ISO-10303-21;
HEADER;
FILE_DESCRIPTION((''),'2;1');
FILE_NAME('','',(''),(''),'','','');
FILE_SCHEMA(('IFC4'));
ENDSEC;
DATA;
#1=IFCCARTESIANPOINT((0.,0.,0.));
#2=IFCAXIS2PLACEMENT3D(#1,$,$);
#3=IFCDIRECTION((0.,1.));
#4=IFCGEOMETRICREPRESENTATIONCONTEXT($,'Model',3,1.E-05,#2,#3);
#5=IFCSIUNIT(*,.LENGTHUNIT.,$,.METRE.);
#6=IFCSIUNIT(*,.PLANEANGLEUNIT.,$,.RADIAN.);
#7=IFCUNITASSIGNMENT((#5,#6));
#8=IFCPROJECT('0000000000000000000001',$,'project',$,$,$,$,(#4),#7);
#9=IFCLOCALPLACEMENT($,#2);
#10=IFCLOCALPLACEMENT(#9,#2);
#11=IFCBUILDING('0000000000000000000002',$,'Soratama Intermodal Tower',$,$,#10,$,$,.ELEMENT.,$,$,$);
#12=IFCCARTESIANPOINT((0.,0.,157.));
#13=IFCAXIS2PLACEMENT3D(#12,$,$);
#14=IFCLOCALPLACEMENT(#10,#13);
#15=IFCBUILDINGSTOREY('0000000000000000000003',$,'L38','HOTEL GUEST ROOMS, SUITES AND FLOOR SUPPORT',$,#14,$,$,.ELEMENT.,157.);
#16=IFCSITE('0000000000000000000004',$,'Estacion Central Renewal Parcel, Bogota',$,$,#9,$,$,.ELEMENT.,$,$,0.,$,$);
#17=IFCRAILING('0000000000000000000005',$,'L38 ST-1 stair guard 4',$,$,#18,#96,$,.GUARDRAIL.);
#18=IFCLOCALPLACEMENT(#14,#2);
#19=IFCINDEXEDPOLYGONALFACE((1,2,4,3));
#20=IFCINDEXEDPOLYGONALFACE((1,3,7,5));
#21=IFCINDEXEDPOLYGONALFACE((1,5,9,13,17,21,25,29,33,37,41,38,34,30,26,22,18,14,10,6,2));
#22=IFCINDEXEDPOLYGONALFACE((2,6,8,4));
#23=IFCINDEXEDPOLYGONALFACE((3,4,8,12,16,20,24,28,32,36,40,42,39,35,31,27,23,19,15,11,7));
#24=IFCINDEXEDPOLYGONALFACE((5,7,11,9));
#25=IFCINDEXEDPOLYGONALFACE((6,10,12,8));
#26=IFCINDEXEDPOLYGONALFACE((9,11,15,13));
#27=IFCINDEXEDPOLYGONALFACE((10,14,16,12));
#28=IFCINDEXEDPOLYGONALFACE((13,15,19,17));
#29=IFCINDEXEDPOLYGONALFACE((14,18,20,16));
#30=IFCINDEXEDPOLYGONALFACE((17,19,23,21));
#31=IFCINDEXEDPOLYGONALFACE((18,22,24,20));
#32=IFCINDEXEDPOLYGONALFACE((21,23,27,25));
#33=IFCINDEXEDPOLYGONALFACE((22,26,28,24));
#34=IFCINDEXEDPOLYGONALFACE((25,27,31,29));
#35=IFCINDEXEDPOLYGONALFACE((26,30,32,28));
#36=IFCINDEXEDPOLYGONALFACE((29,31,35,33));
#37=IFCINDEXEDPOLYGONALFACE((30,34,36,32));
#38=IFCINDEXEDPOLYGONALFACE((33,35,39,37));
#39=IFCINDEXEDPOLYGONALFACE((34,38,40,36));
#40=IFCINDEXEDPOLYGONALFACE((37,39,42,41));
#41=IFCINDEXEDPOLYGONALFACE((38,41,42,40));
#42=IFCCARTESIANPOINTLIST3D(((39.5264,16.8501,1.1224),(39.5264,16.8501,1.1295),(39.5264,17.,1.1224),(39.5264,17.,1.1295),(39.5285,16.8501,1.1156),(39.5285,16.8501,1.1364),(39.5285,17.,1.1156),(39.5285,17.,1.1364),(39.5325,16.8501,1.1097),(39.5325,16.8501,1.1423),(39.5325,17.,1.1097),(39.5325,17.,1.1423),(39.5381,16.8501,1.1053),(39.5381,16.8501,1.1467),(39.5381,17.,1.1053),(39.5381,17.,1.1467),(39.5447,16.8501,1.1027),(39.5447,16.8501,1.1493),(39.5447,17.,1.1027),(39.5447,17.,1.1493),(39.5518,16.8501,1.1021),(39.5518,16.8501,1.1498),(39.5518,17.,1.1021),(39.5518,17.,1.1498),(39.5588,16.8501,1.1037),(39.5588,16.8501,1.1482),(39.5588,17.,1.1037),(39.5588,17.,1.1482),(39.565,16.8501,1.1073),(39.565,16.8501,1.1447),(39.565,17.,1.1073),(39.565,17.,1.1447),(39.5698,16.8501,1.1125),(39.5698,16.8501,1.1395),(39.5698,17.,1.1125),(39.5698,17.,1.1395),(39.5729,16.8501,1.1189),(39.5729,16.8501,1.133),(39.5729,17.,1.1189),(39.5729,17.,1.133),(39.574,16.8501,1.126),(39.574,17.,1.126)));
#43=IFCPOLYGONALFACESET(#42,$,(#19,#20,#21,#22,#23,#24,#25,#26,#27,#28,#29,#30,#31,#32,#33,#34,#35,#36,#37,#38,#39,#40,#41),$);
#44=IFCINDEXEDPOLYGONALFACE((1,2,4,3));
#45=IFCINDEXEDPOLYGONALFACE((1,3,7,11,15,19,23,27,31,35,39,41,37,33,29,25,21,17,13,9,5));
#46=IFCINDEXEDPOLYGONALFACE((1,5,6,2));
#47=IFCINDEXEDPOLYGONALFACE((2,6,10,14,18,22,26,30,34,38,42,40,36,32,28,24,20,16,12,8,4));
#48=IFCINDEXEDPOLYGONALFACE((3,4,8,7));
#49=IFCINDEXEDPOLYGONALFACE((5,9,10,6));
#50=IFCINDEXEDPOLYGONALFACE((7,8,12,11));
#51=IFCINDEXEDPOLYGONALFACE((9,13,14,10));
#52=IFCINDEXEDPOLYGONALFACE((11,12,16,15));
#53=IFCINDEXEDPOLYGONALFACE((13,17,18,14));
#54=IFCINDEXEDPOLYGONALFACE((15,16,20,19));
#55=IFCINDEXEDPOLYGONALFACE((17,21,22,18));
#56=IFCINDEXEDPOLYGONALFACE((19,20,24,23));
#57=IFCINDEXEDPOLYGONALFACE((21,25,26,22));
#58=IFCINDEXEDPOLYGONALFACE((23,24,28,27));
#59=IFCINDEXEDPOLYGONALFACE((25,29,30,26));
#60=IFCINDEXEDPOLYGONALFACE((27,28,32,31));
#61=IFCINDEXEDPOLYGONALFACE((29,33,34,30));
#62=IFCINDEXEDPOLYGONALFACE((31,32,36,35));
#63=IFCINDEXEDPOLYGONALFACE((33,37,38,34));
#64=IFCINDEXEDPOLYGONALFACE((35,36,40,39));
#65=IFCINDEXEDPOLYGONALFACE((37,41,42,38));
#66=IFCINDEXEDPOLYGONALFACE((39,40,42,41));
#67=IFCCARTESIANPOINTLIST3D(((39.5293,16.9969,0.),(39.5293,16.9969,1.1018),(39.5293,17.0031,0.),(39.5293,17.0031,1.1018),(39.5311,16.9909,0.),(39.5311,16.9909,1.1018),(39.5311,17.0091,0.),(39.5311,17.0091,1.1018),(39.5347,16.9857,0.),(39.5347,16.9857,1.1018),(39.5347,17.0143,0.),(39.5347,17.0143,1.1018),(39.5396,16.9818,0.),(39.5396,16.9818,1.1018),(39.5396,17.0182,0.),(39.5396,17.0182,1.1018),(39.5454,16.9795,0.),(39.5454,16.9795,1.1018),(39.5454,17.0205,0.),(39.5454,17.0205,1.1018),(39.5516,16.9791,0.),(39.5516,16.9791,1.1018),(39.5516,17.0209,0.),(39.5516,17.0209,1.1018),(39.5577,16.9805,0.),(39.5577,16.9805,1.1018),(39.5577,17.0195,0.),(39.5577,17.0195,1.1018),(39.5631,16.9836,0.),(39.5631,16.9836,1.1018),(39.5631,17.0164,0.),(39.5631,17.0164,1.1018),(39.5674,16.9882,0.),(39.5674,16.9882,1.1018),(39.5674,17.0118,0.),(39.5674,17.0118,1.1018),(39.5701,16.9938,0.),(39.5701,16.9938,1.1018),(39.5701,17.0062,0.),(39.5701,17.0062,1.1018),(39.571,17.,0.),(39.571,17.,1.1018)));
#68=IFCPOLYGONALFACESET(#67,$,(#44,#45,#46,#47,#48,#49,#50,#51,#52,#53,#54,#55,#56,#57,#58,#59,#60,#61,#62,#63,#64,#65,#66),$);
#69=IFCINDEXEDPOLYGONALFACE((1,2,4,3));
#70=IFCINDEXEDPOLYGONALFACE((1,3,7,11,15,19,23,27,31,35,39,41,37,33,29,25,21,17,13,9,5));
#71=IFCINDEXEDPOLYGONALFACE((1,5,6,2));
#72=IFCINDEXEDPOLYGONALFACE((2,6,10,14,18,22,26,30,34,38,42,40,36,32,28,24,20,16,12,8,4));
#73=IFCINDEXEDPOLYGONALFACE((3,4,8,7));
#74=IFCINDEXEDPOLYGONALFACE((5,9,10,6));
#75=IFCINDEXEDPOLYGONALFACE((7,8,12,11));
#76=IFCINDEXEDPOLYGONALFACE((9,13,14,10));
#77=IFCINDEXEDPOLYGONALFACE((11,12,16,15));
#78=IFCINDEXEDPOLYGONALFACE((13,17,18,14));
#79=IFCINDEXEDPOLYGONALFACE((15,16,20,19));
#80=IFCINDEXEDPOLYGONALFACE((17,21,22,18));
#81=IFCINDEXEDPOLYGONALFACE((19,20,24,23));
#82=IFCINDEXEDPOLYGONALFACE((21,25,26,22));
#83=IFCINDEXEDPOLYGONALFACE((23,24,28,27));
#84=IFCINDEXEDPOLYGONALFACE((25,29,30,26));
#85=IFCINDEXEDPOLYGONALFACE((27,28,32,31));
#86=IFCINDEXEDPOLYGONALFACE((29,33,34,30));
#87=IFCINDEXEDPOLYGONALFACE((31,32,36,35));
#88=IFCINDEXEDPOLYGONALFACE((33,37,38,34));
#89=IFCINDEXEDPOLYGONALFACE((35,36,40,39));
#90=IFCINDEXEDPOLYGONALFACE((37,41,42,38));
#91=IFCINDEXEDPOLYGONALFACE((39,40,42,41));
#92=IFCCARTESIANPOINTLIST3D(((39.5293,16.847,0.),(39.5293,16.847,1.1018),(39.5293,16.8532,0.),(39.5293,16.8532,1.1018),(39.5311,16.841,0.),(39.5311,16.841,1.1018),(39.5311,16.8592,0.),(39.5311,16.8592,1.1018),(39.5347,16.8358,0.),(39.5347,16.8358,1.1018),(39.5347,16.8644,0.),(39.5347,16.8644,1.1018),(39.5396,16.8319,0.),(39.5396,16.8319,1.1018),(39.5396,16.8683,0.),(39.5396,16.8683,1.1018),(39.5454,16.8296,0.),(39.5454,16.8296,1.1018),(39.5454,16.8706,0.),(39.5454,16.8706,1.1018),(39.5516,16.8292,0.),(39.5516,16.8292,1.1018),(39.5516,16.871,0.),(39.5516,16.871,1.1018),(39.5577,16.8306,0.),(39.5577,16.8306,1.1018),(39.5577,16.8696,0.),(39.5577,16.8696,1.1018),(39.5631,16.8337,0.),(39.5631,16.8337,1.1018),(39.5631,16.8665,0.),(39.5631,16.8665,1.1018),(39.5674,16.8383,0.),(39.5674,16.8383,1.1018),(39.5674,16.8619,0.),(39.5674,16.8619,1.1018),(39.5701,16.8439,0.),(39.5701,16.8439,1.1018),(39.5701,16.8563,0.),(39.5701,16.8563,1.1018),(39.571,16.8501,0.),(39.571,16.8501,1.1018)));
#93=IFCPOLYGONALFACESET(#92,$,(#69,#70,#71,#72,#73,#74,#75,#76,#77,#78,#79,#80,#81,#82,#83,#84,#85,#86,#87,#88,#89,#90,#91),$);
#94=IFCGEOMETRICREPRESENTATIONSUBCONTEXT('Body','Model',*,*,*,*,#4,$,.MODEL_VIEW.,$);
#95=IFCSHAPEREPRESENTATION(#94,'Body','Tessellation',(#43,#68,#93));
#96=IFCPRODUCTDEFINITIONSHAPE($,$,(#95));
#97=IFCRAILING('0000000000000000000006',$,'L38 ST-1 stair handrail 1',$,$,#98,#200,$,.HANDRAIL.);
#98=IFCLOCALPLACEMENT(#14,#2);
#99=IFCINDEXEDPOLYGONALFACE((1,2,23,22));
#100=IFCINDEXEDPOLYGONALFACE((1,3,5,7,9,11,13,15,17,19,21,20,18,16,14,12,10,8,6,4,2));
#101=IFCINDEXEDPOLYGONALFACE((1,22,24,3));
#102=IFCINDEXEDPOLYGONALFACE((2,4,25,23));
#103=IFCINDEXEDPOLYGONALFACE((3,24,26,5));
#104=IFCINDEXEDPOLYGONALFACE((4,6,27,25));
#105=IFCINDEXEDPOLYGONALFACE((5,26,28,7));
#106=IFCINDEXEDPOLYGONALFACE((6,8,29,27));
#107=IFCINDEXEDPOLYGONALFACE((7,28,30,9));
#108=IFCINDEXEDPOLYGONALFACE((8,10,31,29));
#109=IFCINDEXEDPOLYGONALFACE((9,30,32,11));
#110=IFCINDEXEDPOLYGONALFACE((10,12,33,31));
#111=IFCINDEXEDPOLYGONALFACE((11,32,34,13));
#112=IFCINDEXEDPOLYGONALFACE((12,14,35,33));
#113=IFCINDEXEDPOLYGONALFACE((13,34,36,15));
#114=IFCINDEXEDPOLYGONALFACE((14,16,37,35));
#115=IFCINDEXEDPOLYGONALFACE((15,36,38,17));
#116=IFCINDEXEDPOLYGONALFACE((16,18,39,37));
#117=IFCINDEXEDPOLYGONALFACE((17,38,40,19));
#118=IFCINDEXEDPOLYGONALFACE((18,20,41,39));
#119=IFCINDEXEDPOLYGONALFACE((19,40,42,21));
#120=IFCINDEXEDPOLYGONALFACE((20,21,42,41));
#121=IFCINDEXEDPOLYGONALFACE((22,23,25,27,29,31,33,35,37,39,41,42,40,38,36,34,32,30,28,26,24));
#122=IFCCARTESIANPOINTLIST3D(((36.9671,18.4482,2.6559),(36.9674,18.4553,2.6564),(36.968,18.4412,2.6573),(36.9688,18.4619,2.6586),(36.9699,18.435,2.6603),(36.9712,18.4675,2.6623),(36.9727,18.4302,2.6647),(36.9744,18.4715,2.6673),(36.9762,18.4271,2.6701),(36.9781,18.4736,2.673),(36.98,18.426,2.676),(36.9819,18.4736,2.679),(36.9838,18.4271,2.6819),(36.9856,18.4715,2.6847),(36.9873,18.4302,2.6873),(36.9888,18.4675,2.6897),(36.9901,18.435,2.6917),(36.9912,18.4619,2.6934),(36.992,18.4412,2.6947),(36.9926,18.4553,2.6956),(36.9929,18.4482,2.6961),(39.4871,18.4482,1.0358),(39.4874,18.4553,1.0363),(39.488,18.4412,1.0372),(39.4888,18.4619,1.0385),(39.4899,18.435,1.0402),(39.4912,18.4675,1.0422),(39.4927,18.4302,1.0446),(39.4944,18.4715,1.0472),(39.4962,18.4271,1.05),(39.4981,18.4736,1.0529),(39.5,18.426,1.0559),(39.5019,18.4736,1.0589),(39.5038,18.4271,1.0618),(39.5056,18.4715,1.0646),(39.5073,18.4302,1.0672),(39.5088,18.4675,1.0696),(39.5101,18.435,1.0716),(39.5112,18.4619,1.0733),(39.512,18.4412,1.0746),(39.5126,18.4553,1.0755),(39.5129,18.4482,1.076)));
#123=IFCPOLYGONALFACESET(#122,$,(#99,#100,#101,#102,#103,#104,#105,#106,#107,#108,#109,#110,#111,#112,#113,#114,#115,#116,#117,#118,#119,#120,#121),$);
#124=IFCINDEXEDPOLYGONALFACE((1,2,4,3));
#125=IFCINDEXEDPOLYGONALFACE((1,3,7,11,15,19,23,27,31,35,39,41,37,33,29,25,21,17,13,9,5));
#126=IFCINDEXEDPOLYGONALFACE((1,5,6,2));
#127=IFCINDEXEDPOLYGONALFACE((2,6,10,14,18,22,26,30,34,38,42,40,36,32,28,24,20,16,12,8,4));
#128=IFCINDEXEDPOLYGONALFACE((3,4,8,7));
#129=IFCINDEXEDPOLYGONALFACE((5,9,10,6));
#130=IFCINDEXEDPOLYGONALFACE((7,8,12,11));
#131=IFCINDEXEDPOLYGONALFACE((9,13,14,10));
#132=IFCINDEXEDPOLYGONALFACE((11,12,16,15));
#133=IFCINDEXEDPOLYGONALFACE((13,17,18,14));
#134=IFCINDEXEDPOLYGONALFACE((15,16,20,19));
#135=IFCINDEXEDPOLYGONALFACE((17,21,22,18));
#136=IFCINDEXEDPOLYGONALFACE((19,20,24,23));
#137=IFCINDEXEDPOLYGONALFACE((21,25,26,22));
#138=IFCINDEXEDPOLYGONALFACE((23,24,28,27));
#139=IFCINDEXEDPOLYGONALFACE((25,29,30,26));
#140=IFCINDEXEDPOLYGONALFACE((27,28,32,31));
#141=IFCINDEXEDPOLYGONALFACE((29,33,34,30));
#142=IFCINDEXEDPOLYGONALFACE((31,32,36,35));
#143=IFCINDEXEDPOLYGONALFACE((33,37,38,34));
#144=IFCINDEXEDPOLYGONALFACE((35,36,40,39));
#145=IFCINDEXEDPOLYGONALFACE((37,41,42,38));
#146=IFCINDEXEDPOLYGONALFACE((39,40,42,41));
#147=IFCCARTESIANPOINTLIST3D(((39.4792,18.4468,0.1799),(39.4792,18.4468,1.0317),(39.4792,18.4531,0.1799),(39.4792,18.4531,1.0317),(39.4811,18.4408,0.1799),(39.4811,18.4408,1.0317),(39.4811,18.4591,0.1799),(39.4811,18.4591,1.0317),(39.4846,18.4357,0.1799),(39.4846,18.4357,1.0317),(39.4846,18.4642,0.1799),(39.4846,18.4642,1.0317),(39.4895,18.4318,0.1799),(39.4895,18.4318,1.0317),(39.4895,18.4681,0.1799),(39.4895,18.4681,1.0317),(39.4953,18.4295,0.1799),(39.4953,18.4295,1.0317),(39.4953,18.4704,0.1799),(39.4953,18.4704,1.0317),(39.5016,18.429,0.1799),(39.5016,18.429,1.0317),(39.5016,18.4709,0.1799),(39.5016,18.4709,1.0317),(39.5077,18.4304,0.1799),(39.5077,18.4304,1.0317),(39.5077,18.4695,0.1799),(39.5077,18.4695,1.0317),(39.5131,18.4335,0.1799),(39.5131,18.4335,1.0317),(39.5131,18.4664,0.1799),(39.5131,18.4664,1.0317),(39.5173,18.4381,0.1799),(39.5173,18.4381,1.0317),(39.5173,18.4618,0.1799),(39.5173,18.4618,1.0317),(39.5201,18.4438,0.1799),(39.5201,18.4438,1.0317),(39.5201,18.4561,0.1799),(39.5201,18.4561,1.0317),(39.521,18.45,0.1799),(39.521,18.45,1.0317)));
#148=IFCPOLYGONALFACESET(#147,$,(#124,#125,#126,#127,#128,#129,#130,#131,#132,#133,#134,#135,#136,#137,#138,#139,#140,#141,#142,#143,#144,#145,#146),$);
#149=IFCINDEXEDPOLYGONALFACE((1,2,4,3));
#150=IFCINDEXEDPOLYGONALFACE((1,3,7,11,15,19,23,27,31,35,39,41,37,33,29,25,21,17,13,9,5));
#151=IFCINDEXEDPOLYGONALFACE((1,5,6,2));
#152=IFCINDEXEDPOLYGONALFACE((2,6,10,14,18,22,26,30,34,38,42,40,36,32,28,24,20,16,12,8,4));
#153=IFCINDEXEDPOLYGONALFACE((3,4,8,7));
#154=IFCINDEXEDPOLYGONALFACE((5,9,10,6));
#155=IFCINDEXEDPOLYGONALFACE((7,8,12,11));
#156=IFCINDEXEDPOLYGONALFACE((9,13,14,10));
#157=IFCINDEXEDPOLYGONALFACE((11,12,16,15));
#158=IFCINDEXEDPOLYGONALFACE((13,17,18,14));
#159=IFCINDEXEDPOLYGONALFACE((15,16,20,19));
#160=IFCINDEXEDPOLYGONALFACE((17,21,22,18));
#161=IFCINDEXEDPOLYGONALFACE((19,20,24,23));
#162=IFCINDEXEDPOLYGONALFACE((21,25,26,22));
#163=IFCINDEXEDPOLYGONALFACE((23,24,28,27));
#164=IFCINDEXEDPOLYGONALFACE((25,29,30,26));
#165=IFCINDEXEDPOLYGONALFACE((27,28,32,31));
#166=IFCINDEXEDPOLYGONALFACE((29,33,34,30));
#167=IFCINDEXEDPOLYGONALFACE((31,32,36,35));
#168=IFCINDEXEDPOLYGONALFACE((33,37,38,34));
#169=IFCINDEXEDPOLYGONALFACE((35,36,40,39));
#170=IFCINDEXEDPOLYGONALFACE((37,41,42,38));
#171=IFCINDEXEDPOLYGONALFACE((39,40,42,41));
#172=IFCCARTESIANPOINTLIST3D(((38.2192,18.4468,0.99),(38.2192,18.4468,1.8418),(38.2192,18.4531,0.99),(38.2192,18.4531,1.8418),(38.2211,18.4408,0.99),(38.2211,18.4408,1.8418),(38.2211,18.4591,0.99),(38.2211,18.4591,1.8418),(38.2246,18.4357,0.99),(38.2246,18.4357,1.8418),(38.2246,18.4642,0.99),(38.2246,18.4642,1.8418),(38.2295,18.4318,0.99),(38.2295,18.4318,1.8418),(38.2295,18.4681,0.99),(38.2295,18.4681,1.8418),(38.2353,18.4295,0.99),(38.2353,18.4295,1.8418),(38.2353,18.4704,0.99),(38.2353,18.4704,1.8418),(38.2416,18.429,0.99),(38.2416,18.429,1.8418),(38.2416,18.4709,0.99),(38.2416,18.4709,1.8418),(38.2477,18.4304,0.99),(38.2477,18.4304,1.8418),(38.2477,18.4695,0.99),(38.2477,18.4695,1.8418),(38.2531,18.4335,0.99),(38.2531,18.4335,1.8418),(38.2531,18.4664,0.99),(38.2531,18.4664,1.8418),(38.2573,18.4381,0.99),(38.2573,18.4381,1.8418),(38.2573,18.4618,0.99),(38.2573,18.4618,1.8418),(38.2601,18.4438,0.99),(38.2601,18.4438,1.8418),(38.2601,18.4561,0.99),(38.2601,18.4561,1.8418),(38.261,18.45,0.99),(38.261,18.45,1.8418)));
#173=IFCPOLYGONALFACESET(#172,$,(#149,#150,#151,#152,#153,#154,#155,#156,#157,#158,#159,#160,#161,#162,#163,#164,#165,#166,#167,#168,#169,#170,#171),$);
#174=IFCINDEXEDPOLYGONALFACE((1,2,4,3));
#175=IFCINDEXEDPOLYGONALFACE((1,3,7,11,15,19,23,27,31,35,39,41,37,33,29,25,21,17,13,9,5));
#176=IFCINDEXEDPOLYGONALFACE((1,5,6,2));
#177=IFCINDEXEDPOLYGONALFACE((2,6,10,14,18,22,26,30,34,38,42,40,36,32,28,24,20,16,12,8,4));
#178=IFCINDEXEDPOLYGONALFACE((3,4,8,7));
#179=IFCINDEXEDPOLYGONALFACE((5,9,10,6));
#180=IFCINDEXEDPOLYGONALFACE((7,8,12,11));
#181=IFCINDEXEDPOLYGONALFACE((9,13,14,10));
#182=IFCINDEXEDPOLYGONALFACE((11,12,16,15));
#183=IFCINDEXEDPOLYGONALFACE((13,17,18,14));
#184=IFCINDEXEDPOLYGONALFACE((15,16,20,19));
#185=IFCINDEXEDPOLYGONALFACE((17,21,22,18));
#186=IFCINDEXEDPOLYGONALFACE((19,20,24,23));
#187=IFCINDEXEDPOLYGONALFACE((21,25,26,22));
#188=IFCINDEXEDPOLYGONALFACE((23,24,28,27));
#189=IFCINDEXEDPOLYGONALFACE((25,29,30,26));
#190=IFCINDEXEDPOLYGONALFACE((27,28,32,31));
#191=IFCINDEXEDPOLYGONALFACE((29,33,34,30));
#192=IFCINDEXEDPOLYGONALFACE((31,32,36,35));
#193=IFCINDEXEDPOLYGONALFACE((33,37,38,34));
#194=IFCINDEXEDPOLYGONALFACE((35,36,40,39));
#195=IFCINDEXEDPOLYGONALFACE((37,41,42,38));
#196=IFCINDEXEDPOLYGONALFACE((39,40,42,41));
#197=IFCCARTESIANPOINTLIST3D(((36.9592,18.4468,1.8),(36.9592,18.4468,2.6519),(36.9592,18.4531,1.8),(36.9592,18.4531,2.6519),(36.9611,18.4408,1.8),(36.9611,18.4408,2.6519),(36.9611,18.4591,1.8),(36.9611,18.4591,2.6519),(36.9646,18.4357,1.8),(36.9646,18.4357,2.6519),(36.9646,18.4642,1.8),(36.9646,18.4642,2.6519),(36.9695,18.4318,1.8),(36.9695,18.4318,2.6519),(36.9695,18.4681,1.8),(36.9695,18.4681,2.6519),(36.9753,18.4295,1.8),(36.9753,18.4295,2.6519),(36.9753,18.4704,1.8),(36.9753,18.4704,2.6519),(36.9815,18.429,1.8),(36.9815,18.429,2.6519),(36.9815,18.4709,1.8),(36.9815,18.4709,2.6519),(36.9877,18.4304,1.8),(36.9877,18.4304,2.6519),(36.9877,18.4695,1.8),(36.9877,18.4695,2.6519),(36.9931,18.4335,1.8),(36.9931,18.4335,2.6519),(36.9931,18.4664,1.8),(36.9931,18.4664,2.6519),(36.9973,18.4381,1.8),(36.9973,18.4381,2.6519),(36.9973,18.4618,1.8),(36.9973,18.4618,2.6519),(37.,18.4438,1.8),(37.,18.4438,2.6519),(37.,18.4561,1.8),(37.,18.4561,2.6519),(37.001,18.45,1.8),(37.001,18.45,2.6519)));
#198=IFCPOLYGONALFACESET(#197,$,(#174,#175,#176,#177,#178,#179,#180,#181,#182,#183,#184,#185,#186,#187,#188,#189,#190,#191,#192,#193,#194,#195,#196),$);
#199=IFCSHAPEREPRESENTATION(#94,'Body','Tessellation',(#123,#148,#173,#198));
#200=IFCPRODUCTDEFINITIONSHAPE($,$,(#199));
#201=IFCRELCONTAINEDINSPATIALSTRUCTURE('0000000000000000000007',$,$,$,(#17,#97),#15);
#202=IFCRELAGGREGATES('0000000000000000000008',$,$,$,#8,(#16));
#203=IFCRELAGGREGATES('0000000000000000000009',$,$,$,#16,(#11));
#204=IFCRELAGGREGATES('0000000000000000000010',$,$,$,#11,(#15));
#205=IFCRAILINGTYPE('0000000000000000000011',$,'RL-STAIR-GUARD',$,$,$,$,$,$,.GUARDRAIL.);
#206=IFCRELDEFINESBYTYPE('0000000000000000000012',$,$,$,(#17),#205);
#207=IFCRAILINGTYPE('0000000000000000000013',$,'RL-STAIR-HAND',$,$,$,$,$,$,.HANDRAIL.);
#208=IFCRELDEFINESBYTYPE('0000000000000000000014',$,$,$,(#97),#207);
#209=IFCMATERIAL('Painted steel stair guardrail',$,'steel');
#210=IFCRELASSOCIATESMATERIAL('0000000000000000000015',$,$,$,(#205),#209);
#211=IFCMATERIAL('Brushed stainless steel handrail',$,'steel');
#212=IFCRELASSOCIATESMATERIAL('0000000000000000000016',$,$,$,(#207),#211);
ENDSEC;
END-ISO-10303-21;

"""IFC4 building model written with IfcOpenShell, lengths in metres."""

from ifc_helpers import new_model, si_unit, direction, frame, origin, origin_2d, place, context, subcontext, project, spatial, circle, extrude, material, type_object, element, save


model = new_model("IFC4")

# Units and contexts
model_context = context("Model", 3, precision=1e-05, world=origin(), true_north=direction((0.0, 1.0)))
body_context = subcontext(model_context, "Body", "Model", "MODEL_VIEW")
ifc_project = project(units=[si_unit("LENGTHUNIT", "METRE"), si_unit("PLANEANGLEUNIT", "RADIAN")], contexts=[model_context])

# Site, building, storey
site_placement = place(None, origin())
site = spatial("IfcSite", under=ifc_project, at=site_placement, Name="Estacion Central Renewal Parcel, Bogota", CompositionType="ELEMENT", RefElevation=0.0)
building_placement = place(site_placement, origin())
building = spatial("IfcBuilding", under=site, at=building_placement, Name="Soratama Intermodal Tower", CompositionType="ELEMENT")
storey_placement = place(building_placement, frame((0.0, 0.0, 157.0)))
storey = spatial("IfcBuildingStorey", under=building, at=storey_placement, Name="L38", Description="HOTEL GUEST ROOMS, SUITES AND FLOOR SUPPORT", CompositionType="ELEMENT", Elevation=157.0)

# Railings
ifc_material_1 = material(Name="Painted steel stair guardrail", Category="steel")
railing_type_1 = type_object("IfcRailingType", Name="RL-STAIR-GUARD", PredefinedType="GUARDRAIL", material=ifc_material_1)
railing_1_placement = place(storey_placement, frame((39.55, 17.0, 0.0)))
element("IfcRailing", 1, at=railing_1_placement, inside=storey, type_object=railing_type_1, Name="L38 ST-1 stair guard 4", PredefinedType="GUARDRAIL", context=body_context, shape_type="SweptSolid", body=[
    extrude(circle(Radius=0.0239, at=origin_2d()), frame((0.0, 0.0, 1.126), z_axis=(0.0, -1.0, 0.0), x_axis=(1.0, 0.0, 0.0)), (0.0, 0.0, 1.0), 0.1499),
    extrude(circle(Radius=0.021, at=origin_2d()), origin(), (0.0, 0.0, 1.0), 1.1018),
    extrude(circle(Radius=0.021, at=origin_2d()), frame((0.0, -0.1499, 0.0)), (0.0, 0.0, 1.0), 1.1018),
])
ifc_material_2 = material(Name="Brushed stainless steel handrail", Category="steel")
railing_type_2 = type_object("IfcRailingType", Name="RL-STAIR-HAND", PredefinedType="HANDRAIL", material=ifc_material_2)
railing_2_placement = place(storey_placement, frame((39.5, 18.45, 0.1799)))
element("IfcRailing", 2, at=railing_2_placement, inside=storey, type_object=railing_type_2, Name="L38 ST-1 stair handrail 1", PredefinedType="HANDRAIL", context=body_context, shape_type="SweptSolid", body=[
    extrude(circle(Radius=0.0239, at=origin_2d()), frame((0.0, 0.0, 0.876), z_axis=(-0.841163, 0.0, 0.540782), x_axis=(0.0, -1.0, 0.0)), (0.0, 0.0, 1.0), 2.9958),
    extrude(circle(Radius=0.021, at=origin_2d()), origin(), (0.0, 0.0, 1.0), 0.8518),
    extrude(circle(Radius=0.021, at=origin_2d()), frame((-1.26, 0.0, 0.8101)), (0.0, 0.0, 1.0), 0.8518),
    extrude(circle(Radius=0.021, at=origin_2d()), frame((-2.52, 0.0, 1.6201)), (0.0, 0.0, 1.0), 0.8518),
])

save(model, "model.ifc")
